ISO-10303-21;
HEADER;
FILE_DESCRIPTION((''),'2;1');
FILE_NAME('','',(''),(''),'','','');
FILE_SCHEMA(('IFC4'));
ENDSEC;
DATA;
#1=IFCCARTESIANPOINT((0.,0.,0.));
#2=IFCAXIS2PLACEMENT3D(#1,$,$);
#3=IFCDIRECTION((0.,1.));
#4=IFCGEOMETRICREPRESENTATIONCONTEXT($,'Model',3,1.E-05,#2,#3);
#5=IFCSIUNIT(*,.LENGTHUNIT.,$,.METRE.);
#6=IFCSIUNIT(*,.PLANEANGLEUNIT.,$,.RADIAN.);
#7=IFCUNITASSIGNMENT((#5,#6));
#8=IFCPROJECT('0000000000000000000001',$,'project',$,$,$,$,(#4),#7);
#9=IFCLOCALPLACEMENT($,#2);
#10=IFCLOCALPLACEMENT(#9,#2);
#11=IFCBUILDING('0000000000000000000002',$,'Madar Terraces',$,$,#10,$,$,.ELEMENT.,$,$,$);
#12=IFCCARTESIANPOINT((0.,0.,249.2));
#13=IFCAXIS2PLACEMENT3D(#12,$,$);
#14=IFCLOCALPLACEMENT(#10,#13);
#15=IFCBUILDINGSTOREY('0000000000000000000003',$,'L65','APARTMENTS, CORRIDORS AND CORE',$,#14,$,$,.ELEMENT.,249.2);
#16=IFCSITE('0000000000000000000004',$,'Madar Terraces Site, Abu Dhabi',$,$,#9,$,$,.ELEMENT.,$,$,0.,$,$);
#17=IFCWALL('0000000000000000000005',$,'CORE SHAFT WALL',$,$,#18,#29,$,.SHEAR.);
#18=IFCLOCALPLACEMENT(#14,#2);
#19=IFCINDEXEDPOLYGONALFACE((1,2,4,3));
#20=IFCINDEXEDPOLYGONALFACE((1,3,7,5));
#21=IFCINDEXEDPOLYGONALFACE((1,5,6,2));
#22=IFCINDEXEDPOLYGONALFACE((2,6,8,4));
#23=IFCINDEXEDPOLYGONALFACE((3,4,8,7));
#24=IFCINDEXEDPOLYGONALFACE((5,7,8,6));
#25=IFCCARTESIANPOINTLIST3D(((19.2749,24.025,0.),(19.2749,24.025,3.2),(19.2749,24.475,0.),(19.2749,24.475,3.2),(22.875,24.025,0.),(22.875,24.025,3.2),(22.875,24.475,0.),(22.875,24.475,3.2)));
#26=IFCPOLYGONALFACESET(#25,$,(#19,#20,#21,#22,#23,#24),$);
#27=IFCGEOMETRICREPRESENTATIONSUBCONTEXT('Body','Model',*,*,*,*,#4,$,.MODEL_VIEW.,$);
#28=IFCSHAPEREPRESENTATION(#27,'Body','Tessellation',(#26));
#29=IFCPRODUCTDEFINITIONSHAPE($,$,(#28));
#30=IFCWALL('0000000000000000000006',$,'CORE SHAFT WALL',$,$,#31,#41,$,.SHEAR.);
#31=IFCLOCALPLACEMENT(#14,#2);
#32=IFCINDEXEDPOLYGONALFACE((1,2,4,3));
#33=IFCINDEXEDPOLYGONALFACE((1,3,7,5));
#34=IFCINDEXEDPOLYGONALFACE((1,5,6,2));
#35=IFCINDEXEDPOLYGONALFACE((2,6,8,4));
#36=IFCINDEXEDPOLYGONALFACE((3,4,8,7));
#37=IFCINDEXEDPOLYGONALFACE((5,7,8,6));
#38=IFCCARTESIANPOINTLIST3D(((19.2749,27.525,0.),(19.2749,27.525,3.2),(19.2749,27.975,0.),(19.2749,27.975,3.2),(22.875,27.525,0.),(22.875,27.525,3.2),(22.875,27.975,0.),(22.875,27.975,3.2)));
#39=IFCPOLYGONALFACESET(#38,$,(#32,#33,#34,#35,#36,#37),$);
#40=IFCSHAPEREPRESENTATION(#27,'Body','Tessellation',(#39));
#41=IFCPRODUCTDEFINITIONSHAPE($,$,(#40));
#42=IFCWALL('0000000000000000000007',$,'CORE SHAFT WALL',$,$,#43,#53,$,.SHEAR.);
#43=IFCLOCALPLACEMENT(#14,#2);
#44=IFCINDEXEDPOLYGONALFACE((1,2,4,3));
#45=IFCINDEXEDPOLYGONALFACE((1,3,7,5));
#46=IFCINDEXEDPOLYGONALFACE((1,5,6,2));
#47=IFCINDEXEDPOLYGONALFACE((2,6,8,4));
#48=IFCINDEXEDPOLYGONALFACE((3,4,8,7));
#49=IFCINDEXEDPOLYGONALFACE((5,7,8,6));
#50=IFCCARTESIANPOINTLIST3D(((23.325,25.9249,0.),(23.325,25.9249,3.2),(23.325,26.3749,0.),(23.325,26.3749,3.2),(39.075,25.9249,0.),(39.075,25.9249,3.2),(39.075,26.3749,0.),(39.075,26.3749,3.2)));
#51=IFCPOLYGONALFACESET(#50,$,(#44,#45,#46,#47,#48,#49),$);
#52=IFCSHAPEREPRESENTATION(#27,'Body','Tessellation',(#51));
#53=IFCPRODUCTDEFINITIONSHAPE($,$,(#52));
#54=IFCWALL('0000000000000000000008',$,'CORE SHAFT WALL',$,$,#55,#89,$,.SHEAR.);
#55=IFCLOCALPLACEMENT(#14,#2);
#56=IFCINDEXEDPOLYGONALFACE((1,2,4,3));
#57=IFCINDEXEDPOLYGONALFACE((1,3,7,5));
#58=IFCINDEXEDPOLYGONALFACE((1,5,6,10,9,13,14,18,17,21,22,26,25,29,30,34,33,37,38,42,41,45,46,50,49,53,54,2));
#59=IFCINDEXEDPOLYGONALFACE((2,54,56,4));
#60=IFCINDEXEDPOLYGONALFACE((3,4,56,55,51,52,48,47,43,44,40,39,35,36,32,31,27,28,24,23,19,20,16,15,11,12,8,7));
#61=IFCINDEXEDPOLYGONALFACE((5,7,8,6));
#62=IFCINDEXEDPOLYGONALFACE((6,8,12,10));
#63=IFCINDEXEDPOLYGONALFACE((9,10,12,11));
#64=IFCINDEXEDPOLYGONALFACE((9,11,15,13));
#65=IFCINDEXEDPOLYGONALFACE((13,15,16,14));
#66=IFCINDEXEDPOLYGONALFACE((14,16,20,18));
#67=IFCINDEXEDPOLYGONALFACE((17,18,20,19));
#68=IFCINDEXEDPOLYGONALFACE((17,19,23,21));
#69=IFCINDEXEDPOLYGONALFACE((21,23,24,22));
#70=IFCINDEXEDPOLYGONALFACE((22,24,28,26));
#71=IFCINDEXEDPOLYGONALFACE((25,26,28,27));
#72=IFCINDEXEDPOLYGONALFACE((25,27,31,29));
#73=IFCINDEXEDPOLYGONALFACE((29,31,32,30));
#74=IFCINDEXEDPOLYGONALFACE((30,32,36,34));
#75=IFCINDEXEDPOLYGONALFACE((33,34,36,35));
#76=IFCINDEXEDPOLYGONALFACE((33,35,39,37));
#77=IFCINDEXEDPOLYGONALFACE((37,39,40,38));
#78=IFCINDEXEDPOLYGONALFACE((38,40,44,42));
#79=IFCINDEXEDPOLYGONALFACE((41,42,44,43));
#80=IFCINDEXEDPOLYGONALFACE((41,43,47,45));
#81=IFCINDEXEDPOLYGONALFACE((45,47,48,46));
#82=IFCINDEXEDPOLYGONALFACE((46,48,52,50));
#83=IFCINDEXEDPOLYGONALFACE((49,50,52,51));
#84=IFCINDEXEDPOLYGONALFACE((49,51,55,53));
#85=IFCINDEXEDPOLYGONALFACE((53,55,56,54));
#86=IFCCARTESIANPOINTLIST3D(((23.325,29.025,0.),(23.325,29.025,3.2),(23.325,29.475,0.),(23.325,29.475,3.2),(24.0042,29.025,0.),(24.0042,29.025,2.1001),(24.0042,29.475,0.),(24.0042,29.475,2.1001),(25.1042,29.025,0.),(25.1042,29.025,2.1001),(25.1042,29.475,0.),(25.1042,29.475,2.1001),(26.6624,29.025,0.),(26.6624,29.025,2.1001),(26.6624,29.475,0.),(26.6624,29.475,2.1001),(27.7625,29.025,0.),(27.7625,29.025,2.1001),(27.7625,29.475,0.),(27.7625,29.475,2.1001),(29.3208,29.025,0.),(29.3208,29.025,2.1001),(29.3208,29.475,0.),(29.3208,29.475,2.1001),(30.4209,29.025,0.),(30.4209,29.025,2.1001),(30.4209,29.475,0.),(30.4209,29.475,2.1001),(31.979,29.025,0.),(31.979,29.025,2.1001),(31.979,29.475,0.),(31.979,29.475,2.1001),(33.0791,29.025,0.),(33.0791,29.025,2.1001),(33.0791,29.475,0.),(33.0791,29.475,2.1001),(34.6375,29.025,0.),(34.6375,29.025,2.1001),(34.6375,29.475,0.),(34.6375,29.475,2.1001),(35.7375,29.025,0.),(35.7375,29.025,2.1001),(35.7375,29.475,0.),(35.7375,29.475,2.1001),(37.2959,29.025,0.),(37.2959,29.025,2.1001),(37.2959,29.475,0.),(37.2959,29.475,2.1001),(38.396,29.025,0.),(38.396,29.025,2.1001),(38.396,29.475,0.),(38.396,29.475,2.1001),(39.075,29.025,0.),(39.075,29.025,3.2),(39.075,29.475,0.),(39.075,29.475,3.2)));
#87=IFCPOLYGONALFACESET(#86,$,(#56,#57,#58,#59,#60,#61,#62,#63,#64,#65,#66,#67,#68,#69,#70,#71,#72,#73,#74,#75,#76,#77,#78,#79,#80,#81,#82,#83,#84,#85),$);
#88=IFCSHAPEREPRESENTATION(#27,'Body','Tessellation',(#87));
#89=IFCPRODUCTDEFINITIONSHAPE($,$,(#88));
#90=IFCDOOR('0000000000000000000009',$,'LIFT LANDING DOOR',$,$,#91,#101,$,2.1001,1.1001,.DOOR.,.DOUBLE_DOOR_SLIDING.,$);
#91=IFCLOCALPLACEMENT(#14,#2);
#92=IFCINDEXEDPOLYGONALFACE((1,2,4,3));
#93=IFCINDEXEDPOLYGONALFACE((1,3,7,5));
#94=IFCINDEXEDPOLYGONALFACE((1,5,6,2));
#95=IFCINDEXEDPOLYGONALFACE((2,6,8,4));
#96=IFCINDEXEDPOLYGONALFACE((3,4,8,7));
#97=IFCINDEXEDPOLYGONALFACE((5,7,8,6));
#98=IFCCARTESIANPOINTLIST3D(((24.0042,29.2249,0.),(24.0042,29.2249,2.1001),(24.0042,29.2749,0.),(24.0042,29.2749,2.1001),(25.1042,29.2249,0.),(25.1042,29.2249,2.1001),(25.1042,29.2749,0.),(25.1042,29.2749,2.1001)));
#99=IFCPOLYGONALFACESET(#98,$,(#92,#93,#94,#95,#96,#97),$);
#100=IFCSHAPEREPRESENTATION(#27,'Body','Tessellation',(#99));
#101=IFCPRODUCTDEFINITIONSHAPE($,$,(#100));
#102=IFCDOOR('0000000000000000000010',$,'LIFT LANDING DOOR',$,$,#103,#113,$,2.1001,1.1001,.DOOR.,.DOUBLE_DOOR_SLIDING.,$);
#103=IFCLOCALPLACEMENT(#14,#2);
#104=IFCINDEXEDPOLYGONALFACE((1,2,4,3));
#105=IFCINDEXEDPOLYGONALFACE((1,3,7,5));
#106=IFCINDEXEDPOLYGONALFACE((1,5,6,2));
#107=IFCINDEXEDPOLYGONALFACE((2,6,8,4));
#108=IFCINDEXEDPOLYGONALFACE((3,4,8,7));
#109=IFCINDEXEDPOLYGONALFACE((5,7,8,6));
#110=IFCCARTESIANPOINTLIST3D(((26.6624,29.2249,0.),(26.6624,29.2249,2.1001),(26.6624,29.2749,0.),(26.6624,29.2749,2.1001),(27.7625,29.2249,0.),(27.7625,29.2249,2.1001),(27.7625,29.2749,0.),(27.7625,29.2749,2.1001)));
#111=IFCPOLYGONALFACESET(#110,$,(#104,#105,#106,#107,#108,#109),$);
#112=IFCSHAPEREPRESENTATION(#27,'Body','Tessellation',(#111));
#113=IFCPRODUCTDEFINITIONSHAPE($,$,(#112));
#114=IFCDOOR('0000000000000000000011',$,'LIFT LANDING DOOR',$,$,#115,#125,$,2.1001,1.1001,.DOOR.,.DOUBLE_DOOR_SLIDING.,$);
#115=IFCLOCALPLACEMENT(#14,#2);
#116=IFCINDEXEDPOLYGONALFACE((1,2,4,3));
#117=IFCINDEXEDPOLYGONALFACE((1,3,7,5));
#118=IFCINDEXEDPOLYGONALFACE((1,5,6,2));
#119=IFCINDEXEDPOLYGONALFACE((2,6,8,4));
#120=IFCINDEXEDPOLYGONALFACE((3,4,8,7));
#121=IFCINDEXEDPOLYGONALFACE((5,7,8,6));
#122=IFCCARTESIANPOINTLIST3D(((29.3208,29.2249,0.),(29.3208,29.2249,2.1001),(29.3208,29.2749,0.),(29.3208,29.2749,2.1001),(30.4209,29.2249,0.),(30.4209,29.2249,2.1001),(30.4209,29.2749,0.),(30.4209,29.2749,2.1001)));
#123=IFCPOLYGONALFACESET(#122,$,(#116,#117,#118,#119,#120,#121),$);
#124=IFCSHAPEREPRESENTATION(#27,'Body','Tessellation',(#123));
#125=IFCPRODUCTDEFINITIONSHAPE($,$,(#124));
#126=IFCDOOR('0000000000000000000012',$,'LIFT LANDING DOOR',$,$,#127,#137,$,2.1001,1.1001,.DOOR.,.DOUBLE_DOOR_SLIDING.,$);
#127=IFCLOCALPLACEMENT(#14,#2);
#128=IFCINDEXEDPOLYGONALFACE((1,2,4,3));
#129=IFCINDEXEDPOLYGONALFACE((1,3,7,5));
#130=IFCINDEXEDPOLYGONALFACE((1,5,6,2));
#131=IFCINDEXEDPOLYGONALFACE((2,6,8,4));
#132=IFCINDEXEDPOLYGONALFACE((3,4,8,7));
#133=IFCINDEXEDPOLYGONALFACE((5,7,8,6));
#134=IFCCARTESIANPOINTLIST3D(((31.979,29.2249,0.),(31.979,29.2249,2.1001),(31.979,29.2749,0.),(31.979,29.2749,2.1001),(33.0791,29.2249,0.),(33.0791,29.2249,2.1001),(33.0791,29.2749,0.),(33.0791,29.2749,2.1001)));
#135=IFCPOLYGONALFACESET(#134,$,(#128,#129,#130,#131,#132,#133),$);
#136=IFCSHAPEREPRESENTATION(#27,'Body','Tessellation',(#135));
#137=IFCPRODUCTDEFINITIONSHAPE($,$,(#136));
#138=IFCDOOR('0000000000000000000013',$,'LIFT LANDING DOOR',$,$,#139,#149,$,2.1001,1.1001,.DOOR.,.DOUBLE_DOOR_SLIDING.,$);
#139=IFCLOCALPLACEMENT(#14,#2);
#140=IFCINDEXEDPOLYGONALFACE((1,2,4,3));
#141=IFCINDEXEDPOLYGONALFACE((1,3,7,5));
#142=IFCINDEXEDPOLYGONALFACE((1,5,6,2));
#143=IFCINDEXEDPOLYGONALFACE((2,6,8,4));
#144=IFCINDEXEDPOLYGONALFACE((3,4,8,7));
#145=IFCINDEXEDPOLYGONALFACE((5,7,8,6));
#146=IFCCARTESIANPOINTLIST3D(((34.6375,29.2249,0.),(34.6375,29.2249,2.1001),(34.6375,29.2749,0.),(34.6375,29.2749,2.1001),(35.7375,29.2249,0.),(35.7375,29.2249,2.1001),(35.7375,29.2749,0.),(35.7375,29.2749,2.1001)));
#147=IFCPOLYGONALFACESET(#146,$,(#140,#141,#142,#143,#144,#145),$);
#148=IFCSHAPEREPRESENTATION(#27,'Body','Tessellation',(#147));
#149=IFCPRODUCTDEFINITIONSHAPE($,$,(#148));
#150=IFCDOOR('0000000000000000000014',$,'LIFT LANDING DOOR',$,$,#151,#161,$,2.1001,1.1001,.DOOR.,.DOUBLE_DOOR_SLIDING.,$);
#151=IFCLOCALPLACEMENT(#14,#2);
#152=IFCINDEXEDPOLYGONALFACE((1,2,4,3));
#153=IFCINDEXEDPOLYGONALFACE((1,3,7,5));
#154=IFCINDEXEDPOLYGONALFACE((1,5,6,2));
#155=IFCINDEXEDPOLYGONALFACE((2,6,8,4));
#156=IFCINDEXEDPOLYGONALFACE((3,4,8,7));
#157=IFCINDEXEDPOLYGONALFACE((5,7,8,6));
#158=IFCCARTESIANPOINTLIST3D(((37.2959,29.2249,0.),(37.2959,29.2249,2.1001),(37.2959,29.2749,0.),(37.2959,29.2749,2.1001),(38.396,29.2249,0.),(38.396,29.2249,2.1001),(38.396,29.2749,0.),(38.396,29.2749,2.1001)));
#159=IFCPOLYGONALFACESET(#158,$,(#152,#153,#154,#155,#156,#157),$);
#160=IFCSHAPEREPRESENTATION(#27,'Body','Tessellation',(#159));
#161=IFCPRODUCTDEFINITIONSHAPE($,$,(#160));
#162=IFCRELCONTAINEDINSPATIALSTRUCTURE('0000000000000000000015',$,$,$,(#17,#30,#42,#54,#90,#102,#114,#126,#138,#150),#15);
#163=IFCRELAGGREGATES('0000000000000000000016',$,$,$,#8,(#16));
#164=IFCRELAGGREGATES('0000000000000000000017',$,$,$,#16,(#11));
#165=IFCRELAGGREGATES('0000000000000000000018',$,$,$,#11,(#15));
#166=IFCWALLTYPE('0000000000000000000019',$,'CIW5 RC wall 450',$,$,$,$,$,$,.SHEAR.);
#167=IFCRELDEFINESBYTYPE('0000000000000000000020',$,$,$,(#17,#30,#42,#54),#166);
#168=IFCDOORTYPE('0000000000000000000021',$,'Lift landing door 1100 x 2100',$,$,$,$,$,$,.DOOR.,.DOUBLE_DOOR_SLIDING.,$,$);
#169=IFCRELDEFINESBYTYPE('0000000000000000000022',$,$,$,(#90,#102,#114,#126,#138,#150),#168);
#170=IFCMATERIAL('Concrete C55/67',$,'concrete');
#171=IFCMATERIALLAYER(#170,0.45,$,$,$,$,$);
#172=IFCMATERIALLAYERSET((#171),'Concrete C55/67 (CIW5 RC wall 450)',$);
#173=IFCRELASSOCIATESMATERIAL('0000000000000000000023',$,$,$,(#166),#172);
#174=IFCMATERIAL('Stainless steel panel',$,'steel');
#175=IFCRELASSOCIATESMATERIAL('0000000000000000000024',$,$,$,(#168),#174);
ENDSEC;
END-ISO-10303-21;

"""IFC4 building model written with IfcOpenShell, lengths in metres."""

from ifc_helpers import new_model, si_unit, direction, frame, frame_2d, origin, place, context, subcontext, project, spatial, rectangle, extrude, material, layer, layer_set, type_object, element, fill, save


model = new_model("IFC4")

# Units and contexts
model_context = context("Model", 3, precision=1e-05, world=origin(), true_north=direction((0.0, 1.0)))
body_context = subcontext(model_context, "Body", "Model", "MODEL_VIEW")
ifc_project = project(units=[si_unit("LENGTHUNIT", "METRE"), si_unit("PLANEANGLEUNIT", "RADIAN")], contexts=[model_context])

# Site, building, storey
site_placement = place(None, origin())
site = spatial("IfcSite", under=ifc_project, at=site_placement, Name="Madar Terraces Site, Abu Dhabi", CompositionType="ELEMENT", RefElevation=0.0)
building_placement = place(site_placement, origin())
building = spatial("IfcBuilding", under=site, at=building_placement, Name="Madar Terraces", CompositionType="ELEMENT")
storey_placement = place(building_placement, frame((0.0, 0.0, 249.2)))
storey = spatial("IfcBuildingStorey", under=building, at=storey_placement, Name="L65", Description="APARTMENTS, CORRIDORS AND CORE", CompositionType="ELEMENT", Elevation=249.2)

# Walls
ifc_material_1 = material(Name="Concrete C55/67", Category="concrete")
ifc_layer_1 = layer(ifc_material_1, 0.45)
ifc_layer_set_1 = layer_set([ifc_layer_1], Name="Concrete C55/67 (CIW5 RC wall 450)")
wall_type_1 = type_object("IfcWallType", Name="CIW5 RC wall 450", PredefinedType="SHEAR", material=ifc_layer_set_1)
for number, where, z_axis, x_axis, name in (
    (1, (19.2749, 24.25, 0.0), (0.0, 0.0, 1.0), (1.0, 0.0, 0.0), "CORE SHAFT WALL"),
    (2, (19.2749, 27.75, 0.0), (0.0, 0.0, 1.0), (1.0, 0.0, 0.0), "CORE SHAFT WALL"),
):
    element("IfcWall", number, at=place(storey_placement, frame(where, z_axis=z_axis, x_axis=x_axis)), inside=storey, type_object=wall_type_1, Name=name, PredefinedType="SHEAR", context=body_context, shape_type="SweptSolid", body=[
        extrude(rectangle(XDim=3.6001, YDim=0.45, at=frame_2d((1.8, 0.0))), origin(), (0.0, 0.0, 1.0), 3.2),
    ])
wall_1_placement = place(storey_placement, frame((23.325, 26.1499, 0.0), z_axis=(0.0, 0.0, 1.0), x_axis=(1.0, 0.0, 0.0)))
element("IfcWall", 3, at=wall_1_placement, inside=storey, type_object=wall_type_1, Name="CORE SHAFT WALL", PredefinedType="SHEAR", context=body_context, shape_type="SweptSolid", body=[
    extrude(rectangle(XDim=15.75, YDim=0.45, at=frame_2d((7.875, 0.0))), origin(), (0.0, 0.0, 1.0), 3.2),
])

# Wall, openings, doors
wall_2_placement = place(storey_placement, frame((23.325, 29.25, 0.0), z_axis=(0.0, 0.0, 1.0), x_axis=(1.0, 0.0, 0.0)))
wall_2 = element("IfcWall", 4, at=wall_2_placement, inside=storey, type_object=wall_type_1, Name="CORE SHAFT WALL", PredefinedType="SHEAR", context=body_context, shape_type="SweptSolid", body=[
    extrude(rectangle(XDim=15.75, YDim=0.45, at=frame_2d((7.875, 0.0))), origin(), (0.0, 0.0, 1.0), 3.2),
])
opening_1_placement = place(wall_2_placement, frame((0.6792, 0.0, 0.0)))
opening_1 = element("IfcOpeningElement", 5, at=opening_1_placement, cuts=wall_2, PredefinedType="OPENING", context=body_context, shape_type="SweptSolid", body=[
    extrude(rectangle(XDim=1.1001, YDim=2.1001, at=frame_2d((0.55, 1.05))), frame((0.0, 0.2349, 0.0), z_axis=(0.0, -1.0, 0.0), x_axis=(1.0, 0.0, 0.0)), (0.0, 0.0, 1.0), 0.47),
])
opening_2_placement = place(wall_2_placement, frame((3.3374, 0.0, 0.0)))
opening_2 = element("IfcOpeningElement", 6, at=opening_2_placement, cuts=wall_2, PredefinedType="OPENING", context=body_context, shape_type="SweptSolid", body=[
    extrude(rectangle(XDim=1.1001, YDim=2.1001, at=frame_2d((0.55, 1.05))), frame((0.0, 0.2349, 0.0), z_axis=(0.0, -1.0, 0.0), x_axis=(1.0, 0.0, 0.0)), (0.0, 0.0, 1.0), 0.47),
])
opening_3_placement = place(wall_2_placement, frame((5.9958, 0.0, 0.0)))
opening_3 = element("IfcOpeningElement", 7, at=opening_3_placement, cuts=wall_2, PredefinedType="OPENING", context=body_context, shape_type="SweptSolid", body=[
    extrude(rectangle(XDim=1.1001, YDim=2.1001, at=frame_2d((0.55, 1.05))), frame((0.0, 0.2349, 0.0), z_axis=(0.0, -1.0, 0.0), x_axis=(1.0, 0.0, 0.0)), (0.0, 0.0, 1.0), 0.47),
])
opening_4_placement = place(wall_2_placement, frame((8.6541, 0.0, 0.0)))
opening_4 = element("IfcOpeningElement", 8, at=opening_4_placement, cuts=wall_2, PredefinedType="OPENING", context=body_context, shape_type="SweptSolid", body=[
    extrude(rectangle(XDim=1.1001, YDim=2.1001, at=frame_2d((0.55, 1.05))), frame((0.0, 0.2349, 0.0), z_axis=(0.0, -1.0, 0.0), x_axis=(1.0, 0.0, 0.0)), (0.0, 0.0, 1.0), 0.47),
])
opening_5_placement = place(wall_2_placement, frame((11.3125, 0.0, 0.0)))
opening_5 = element("IfcOpeningElement", 9, at=opening_5_placement, cuts=wall_2, PredefinedType="OPENING", context=body_context, shape_type="SweptSolid", body=[
    extrude(rectangle(XDim=1.1001, YDim=2.1001, at=frame_2d((0.55, 1.05))), frame((0.0, 0.2349, 0.0), z_axis=(0.0, -1.0, 0.0), x_axis=(1.0, 0.0, 0.0)), (0.0, 0.0, 1.0), 0.47),
])
opening_6_placement = place(wall_2_placement, frame((13.9709, 0.0, 0.0)))
opening_6 = element("IfcOpeningElement", 10, at=opening_6_placement, cuts=wall_2, PredefinedType="OPENING", context=body_context, shape_type="SweptSolid", body=[
    extrude(rectangle(XDim=1.1001, YDim=2.1001, at=frame_2d((0.55, 1.05))), frame((0.0, 0.2349, 0.0), z_axis=(0.0, -1.0, 0.0), x_axis=(1.0, 0.0, 0.0)), (0.0, 0.0, 1.0), 0.47),
])
ifc_material_2 = material(Name="Stainless steel panel", Category="steel")
door_type_1 = type_object("IfcDoorType", Name="Lift landing door 1100 x 2100", OperationType="DOUBLE_DOOR_SLIDING", PredefinedType="DOOR", material=ifc_material_2)
door_1_placement = place(opening_1_placement, origin())
door_1 = element("IfcDoor", 11, at=door_1_placement, inside=storey, type_object=door_type_1, Name="LIFT LANDING DOOR", OperationType="DOUBLE_DOOR_SLIDING", OverallHeight=2.1001, OverallWidth=1.1001, PredefinedType="DOOR", context=body_context, shape_type="SweptSolid", body=[
    extrude(rectangle(XDim=1.1001, YDim=2.1001, at=frame_2d((0.55, 1.05))), frame((0.0, 0.0249, 0.0), z_axis=(0.0, -1.0, 0.0), x_axis=(1.0, 0.0, 0.0)), (0.0, 0.0, 1.0), 0.05),
])
fill(opening_1, door_1)
door_2_placement = place(opening_2_placement, origin())
door_2 = element("IfcDoor", 12, at=door_2_placement, inside=storey, type_object=door_type_1, Name="LIFT LANDING DOOR", OperationType="DOUBLE_DOOR_SLIDING", OverallHeight=2.1001, OverallWidth=1.1001, PredefinedType="DOOR", context=body_context, shape_type="SweptSolid", body=[
    extrude(rectangle(XDim=1.1001, YDim=2.1001, at=frame_2d((0.55, 1.05))), frame((0.0, 0.0249, 0.0), z_axis=(0.0, -1.0, 0.0), x_axis=(1.0, 0.0, 0.0)), (0.0, 0.0, 1.0), 0.05),
])
fill(opening_2, door_2)
door_3_placement = place(opening_3_placement, origin())
door_3 = element("IfcDoor", 13, at=door_3_placement, inside=storey, type_object=door_type_1, Name="LIFT LANDING DOOR", OperationType="DOUBLE_DOOR_SLIDING", OverallHeight=2.1001, OverallWidth=1.1001, PredefinedType="DOOR", context=body_context, shape_type="SweptSolid", body=[
    extrude(rectangle(XDim=1.1001, YDim=2.1001, at=frame_2d((0.55, 1.05))), frame((0.0, 0.0249, 0.0), z_axis=(0.0, -1.0, 0.0), x_axis=(1.0, 0.0, 0.0)), (0.0, 0.0, 1.0), 0.05),
])
fill(opening_3, door_3)
door_4_placement = place(opening_4_placement, origin())
door_4 = element("IfcDoor", 14, at=door_4_placement, inside=storey, type_object=door_type_1, Name="LIFT LANDING DOOR", OperationType="DOUBLE_DOOR_SLIDING", OverallHeight=2.1001, OverallWidth=1.1001, PredefinedType="DOOR", context=body_context, shape_type="SweptSolid", body=[
    extrude(rectangle(XDim=1.1001, YDim=2.1001, at=frame_2d((0.55, 1.05))), frame((0.0, 0.0249, 0.0), z_axis=(0.0, -1.0, 0.0), x_axis=(1.0, 0.0, 0.0)), (0.0, 0.0, 1.0), 0.05),
])
fill(opening_4, door_4)
door_5_placement = place(opening_5_placement, origin())
door_5 = element("IfcDoor", 15, at=door_5_placement, inside=storey, type_object=door_type_1, Name="LIFT LANDING DOOR", OperationType="DOUBLE_DOOR_SLIDING", OverallHeight=2.1001, OverallWidth=1.1001, PredefinedType="DOOR", context=body_context, shape_type="SweptSolid", body=[
    extrude(rectangle(XDim=1.1001, YDim=2.1001, at=frame_2d((0.55, 1.05))), frame((0.0, 0.0249, 0.0), z_axis=(0.0, -1.0, 0.0), x_axis=(1.0, 0.0, 0.0)), (0.0, 0.0, 1.0), 0.05),
])
fill(opening_5, door_5)
door_6_placement = place(opening_6_placement, origin())
door_6 = element("IfcDoor", 16, at=door_6_placement, inside=storey, type_object=door_type_1, Name="LIFT LANDING DOOR", OperationType="DOUBLE_DOOR_SLIDING", OverallHeight=2.1001, OverallWidth=1.1001, PredefinedType="DOOR", context=body_context, shape_type="SweptSolid", body=[
    extrude(rectangle(XDim=1.1001, YDim=2.1001, at=frame_2d((0.55, 1.05))), frame((0.0, 0.0249, 0.0), z_axis=(0.0, -1.0, 0.0), x_axis=(1.0, 0.0, 0.0)), (0.0, 0.0, 1.0), 0.05),
])
fill(opening_6, door_6)

save(model, "model.ifc")
